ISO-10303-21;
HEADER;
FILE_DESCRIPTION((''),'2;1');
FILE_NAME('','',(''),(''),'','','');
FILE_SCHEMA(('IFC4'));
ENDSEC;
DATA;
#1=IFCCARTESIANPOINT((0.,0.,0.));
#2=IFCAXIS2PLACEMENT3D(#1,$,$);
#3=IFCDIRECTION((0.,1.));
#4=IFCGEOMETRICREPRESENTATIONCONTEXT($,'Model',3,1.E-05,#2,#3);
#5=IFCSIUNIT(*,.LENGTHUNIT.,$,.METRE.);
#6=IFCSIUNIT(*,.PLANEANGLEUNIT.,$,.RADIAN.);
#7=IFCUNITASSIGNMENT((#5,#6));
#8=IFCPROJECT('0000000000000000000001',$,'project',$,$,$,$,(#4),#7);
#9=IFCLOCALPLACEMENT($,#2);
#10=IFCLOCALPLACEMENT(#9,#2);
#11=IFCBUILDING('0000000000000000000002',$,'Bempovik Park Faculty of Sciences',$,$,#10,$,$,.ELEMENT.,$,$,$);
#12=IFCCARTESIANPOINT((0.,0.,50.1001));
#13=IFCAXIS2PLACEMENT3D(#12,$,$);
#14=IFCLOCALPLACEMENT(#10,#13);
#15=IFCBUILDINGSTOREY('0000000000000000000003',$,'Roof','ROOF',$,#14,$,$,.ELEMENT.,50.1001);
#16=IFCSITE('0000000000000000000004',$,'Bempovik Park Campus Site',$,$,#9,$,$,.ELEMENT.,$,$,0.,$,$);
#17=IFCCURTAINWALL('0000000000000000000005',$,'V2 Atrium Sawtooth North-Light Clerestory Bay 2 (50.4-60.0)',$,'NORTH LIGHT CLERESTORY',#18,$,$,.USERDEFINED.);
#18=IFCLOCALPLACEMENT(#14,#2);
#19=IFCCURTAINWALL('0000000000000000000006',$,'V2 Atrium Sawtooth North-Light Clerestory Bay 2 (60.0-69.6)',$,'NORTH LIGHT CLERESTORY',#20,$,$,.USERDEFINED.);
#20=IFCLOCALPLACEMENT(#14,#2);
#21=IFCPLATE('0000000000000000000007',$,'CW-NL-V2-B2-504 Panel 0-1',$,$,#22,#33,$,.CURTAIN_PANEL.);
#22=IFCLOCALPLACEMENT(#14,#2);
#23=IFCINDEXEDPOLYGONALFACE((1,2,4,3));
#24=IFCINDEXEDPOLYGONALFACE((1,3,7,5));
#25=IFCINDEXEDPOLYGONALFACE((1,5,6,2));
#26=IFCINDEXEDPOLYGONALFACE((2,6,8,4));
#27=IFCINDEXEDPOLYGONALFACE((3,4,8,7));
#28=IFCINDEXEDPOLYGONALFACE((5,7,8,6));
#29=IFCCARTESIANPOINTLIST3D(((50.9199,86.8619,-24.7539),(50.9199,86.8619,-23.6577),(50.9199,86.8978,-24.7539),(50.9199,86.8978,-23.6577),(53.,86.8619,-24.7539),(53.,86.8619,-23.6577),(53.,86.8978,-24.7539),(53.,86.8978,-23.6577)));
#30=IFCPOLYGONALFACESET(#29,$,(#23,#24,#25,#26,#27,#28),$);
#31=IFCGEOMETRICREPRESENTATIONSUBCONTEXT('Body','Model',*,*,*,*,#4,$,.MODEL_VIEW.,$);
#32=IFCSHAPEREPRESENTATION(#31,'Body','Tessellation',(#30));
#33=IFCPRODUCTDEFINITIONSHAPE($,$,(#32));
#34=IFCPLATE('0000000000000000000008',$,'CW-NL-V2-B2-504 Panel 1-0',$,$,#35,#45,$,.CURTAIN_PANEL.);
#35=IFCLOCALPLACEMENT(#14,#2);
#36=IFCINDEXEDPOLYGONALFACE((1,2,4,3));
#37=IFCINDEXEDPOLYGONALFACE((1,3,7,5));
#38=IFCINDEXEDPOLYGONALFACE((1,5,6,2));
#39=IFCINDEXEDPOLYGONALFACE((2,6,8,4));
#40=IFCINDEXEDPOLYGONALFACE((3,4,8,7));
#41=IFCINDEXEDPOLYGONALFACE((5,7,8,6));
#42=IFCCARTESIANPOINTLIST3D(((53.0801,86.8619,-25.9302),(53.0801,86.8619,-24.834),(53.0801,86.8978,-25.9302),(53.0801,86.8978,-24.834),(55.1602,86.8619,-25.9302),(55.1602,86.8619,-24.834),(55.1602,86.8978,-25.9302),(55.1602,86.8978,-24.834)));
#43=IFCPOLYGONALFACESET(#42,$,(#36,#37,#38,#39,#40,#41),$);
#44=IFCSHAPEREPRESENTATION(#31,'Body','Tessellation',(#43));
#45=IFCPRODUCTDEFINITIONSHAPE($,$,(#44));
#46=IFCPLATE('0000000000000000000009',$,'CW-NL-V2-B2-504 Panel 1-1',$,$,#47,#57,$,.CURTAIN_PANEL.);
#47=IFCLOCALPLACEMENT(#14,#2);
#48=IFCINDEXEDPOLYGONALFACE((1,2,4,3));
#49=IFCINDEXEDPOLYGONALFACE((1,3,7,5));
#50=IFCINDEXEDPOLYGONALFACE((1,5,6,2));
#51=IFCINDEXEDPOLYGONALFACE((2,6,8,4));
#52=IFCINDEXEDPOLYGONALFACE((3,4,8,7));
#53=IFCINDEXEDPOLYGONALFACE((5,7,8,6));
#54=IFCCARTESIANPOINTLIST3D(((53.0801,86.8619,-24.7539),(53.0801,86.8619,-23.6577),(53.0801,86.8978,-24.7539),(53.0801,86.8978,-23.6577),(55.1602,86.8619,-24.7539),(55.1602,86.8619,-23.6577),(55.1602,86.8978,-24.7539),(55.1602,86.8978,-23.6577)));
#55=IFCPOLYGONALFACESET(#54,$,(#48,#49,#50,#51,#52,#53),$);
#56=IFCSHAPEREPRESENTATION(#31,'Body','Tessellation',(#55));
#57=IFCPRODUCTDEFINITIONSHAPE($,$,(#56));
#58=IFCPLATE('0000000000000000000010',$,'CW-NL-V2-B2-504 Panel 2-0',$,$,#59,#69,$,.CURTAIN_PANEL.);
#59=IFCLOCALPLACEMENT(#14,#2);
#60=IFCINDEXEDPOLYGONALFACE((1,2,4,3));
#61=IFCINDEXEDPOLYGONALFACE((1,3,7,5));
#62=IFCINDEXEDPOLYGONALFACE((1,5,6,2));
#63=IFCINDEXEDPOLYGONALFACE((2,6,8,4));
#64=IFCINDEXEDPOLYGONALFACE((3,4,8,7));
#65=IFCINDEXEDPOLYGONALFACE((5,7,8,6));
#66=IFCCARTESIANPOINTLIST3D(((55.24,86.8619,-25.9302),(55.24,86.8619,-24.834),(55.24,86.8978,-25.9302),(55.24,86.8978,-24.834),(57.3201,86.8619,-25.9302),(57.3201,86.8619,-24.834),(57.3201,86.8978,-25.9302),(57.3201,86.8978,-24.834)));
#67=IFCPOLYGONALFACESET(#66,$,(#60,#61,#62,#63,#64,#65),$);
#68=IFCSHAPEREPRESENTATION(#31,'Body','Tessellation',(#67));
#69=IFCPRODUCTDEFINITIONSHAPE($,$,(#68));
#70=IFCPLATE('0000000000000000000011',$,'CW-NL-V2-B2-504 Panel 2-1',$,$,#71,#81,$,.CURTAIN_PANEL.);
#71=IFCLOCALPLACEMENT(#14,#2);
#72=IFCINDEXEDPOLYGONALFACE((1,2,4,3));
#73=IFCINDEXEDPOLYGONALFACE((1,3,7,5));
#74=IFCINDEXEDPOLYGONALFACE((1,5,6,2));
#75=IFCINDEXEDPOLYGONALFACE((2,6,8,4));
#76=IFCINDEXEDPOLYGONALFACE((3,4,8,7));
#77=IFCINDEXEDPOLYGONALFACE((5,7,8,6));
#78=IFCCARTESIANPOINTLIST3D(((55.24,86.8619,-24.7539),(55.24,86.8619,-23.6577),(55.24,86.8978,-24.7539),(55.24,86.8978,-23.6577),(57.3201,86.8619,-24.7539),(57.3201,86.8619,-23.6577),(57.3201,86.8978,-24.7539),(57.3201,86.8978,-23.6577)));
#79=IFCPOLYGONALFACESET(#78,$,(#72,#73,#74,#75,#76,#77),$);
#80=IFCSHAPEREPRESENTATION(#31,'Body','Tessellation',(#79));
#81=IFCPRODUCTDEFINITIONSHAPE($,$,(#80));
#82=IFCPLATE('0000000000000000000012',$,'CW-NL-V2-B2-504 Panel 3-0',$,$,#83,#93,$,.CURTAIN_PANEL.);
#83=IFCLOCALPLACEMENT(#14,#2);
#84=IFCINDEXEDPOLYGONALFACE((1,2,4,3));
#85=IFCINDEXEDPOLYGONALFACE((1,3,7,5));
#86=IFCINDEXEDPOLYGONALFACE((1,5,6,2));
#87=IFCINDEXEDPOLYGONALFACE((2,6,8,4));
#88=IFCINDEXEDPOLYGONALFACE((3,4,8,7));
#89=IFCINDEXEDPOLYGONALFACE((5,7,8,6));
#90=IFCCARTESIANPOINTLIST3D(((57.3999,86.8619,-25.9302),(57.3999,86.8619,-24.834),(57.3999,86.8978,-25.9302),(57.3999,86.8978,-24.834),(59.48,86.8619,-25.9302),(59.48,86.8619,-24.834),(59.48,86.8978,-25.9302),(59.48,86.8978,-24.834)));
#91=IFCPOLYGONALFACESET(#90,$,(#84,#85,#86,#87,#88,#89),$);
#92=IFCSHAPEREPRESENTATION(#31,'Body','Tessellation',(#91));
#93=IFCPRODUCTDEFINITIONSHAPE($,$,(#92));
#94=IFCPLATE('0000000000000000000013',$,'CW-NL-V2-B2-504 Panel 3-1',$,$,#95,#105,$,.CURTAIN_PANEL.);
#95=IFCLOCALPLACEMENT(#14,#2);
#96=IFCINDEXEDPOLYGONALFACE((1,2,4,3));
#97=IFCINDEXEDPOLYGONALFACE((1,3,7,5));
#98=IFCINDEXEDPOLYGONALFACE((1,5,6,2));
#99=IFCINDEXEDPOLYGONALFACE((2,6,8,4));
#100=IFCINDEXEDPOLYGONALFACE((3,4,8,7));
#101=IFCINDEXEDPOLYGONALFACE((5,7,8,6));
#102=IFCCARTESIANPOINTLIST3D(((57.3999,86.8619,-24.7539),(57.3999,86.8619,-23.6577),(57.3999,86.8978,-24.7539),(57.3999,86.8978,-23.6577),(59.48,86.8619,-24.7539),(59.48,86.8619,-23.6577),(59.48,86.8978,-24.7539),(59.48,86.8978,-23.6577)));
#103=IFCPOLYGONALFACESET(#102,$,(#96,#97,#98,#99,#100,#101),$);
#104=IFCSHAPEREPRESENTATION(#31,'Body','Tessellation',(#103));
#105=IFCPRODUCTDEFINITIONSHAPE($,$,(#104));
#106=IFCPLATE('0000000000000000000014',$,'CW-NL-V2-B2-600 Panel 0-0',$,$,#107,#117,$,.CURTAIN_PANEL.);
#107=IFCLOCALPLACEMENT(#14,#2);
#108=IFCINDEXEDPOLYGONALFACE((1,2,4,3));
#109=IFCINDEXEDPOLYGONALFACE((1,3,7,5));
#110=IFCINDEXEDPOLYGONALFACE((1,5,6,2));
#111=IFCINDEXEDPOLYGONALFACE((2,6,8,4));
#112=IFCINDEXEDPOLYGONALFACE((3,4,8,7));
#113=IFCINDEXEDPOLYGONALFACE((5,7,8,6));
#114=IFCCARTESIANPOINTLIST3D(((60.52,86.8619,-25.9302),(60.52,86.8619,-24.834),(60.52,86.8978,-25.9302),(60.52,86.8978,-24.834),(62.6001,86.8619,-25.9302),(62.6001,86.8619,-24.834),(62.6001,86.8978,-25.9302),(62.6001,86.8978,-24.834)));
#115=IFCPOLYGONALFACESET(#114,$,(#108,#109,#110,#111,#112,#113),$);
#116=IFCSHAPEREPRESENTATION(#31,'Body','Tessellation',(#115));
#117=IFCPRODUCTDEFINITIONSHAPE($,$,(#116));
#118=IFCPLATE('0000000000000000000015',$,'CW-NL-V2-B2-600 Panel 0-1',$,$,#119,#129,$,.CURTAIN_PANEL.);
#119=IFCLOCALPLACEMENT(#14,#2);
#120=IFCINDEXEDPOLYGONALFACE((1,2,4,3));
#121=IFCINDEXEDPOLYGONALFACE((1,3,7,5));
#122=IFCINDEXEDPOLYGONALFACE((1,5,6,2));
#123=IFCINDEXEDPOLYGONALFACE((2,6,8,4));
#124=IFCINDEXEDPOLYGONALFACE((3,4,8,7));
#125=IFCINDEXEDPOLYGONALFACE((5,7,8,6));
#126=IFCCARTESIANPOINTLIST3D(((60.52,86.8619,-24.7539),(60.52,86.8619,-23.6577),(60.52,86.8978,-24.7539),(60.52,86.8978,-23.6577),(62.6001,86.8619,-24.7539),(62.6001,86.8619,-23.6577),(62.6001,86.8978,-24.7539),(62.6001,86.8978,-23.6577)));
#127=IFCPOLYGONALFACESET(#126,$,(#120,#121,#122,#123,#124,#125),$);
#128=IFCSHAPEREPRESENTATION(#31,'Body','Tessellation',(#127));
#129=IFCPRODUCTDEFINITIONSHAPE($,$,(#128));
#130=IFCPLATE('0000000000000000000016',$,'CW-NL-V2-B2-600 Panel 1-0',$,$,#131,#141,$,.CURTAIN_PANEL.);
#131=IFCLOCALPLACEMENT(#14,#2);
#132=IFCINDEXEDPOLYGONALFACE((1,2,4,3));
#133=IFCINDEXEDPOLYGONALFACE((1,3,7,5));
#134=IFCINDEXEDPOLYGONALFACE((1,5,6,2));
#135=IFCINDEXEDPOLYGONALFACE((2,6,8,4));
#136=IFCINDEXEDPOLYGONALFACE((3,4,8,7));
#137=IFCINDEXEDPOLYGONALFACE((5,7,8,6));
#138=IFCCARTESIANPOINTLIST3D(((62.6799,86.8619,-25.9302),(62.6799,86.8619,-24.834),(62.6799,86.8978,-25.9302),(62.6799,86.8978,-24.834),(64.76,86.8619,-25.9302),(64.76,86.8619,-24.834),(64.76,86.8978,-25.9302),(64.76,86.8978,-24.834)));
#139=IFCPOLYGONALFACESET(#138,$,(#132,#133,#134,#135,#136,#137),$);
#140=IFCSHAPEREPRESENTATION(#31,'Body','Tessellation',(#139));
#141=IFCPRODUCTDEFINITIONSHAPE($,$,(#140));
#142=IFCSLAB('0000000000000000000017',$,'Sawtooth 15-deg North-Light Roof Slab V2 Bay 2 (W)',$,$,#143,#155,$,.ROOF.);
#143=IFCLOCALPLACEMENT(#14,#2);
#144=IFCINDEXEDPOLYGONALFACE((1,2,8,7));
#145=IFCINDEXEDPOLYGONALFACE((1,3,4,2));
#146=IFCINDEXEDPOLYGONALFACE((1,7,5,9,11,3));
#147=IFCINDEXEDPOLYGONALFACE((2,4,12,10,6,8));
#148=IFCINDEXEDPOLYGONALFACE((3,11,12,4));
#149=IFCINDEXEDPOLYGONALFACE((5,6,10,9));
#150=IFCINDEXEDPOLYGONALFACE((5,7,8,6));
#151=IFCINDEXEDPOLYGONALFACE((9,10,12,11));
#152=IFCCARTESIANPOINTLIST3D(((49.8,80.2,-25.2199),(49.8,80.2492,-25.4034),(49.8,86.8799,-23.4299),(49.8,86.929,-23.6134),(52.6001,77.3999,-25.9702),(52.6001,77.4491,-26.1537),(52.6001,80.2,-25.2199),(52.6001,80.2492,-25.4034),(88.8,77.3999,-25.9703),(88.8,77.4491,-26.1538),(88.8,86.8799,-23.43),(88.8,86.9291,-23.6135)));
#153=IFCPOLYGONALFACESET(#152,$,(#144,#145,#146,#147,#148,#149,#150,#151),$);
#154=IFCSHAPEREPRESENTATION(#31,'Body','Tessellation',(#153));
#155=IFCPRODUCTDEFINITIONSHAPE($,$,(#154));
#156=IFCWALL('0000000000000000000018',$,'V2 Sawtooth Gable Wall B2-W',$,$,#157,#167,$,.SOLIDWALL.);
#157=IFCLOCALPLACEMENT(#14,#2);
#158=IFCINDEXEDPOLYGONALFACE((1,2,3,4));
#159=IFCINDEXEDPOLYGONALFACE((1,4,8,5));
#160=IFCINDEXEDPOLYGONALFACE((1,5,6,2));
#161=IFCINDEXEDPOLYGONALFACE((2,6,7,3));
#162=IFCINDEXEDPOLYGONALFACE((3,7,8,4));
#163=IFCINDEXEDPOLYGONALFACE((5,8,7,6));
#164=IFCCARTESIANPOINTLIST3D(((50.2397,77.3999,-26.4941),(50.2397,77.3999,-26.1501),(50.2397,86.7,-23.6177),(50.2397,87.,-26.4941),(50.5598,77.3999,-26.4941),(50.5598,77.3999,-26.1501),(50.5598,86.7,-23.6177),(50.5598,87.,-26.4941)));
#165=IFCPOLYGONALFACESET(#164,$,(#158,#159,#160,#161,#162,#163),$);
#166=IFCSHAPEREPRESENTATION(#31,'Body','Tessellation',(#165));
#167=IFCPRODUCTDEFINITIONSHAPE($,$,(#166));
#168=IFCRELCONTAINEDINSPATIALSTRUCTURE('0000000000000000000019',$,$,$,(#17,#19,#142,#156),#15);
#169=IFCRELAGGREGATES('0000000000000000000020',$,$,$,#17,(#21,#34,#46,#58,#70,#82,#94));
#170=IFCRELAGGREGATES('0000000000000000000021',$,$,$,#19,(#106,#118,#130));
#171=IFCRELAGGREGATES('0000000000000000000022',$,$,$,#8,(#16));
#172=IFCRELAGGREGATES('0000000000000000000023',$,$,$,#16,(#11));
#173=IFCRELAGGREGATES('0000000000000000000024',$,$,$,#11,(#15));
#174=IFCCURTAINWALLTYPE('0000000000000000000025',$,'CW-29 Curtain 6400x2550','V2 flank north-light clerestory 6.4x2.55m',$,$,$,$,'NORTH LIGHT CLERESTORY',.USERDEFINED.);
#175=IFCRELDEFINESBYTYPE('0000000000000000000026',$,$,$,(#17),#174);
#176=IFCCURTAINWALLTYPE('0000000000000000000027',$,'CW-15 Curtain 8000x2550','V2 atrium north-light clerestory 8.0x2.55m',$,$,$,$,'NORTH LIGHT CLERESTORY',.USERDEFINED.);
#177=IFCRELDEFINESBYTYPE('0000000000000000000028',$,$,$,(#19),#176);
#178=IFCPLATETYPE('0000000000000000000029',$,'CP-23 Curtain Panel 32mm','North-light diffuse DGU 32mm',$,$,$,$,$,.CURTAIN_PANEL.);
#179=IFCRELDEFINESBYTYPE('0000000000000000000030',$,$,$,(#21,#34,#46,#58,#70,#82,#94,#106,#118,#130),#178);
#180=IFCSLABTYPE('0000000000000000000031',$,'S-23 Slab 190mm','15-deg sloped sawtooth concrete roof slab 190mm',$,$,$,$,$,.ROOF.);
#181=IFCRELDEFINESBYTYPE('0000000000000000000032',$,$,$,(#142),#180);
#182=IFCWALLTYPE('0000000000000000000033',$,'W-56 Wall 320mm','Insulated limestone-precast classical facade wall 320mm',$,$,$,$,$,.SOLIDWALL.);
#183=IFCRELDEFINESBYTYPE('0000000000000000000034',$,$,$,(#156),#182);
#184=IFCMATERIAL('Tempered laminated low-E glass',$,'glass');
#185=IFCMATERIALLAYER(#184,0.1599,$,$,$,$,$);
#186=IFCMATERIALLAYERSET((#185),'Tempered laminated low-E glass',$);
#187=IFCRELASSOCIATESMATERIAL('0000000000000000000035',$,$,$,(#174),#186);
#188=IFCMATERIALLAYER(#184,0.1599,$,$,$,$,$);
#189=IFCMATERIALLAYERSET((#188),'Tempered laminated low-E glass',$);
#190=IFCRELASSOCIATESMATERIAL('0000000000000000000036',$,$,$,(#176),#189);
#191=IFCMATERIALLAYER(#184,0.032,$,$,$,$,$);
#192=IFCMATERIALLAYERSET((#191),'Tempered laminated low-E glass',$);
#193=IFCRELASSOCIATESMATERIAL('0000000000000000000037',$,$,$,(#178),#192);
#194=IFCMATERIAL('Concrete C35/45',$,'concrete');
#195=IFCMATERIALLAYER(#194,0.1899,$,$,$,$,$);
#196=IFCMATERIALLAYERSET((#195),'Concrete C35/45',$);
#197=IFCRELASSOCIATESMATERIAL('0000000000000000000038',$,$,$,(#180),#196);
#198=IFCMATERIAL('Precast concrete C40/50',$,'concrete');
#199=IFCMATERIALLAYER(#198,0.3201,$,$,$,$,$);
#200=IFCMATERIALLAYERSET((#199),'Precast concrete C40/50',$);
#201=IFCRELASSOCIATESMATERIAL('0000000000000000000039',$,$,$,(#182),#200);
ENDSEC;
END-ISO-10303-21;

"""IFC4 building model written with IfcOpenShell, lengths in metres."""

from ifc_helpers import new_model, si_unit, direction, frame, origin, origin_2d, place, context, subcontext, project, spatial, polyline, rectangle, outline, extrude, material, layer, layer_set, type_object, element, aggregate, save


model = new_model("IFC4")

# Units and contexts
model_context = context("Model", 3, precision=1e-05, world=origin(), true_north=direction((0.0, 1.0)))
body_context = subcontext(model_context, "Body", "Model", "MODEL_VIEW")
ifc_project = project(units=[si_unit("LENGTHUNIT", "METRE"), si_unit("PLANEANGLEUNIT", "RADIAN")], contexts=[model_context])

# Site, building, storey
site_placement = place(None, origin())
site = spatial("IfcSite", under=ifc_project, at=site_placement, Name="Bempovik Park Campus Site", CompositionType="ELEMENT", RefElevation=0.0)
building_placement = place(site_placement, origin())
building = spatial("IfcBuilding", under=site, at=building_placement, Name="Bempovik Park Faculty of Sciences", CompositionType="ELEMENT")
storey_placement = place(building_placement, frame((0.0, 0.0, 50.1001)))
storey = spatial("IfcBuildingStorey", under=building, at=storey_placement, Name="Roof", Description="ROOF", CompositionType="ELEMENT", Elevation=50.1001)

# Curtain walls
ifc_material_1 = material(Name="Tempered laminated low-E glass", Category="glass")
ifc_layer_1 = layer(ifc_material_1, 0.1599)
ifc_layer_set_1 = layer_set([ifc_layer_1], Name="Tempered laminated low-E glass")
curtain_wall_type_1 = type_object("IfcCurtainWallType", Name="CW-29 Curtain 6400x2550", Description="V2 flank north-light clerestory 6.4x2.55m", ElementType="NORTH LIGHT CLERESTORY", PredefinedType="USERDEFINED", material=ifc_layer_set_1)
curtain_wall_1_placement = place(storey_placement, origin())
curtain_wall_1 = element("IfcCurtainWall", 1, at=curtain_wall_1_placement, inside=storey, type_object=curtain_wall_type_1, Name="V2 Atrium Sawtooth North-Light Clerestory Bay 2 (50.4-60.0)", ObjectType="NORTH LIGHT CLERESTORY", PredefinedType="USERDEFINED")
ifc_layer_2 = layer(ifc_material_1, 0.1599)
ifc_layer_set_2 = layer_set([ifc_layer_2], Name="Tempered laminated low-E glass")
curtain_wall_type_2 = type_object("IfcCurtainWallType", Name="CW-15 Curtain 8000x2550", Description="V2 atrium north-light clerestory 8.0x2.55m", ElementType="NORTH LIGHT CLERESTORY", PredefinedType="USERDEFINED", material=ifc_layer_set_2)
curtain_wall_2_placement = place(storey_placement, origin())
curtain_wall_2 = element("IfcCurtainWall", 2, at=curtain_wall_2_placement, inside=storey, type_object=curtain_wall_type_2, Name="V2 Atrium Sawtooth North-Light Clerestory Bay 2 (60.0-69.6)", ObjectType="NORTH LIGHT CLERESTORY", PredefinedType="USERDEFINED")

# Plates
ifc_layer_3 = layer(ifc_material_1, 0.032)
ifc_layer_set_3 = layer_set([ifc_layer_3], Name="Tempered laminated low-E glass")
plate_type = type_object("IfcPlateType", Name="CP-23 Curtain Panel 32mm", Description="North-light diffuse DGU 32mm", PredefinedType="CURTAIN_PANEL", material=ifc_layer_set_3)
plate_1_placement = place(storey_placement, frame((51.96, 86.8799, -24.7539), z_axis=(0.0, 0.0, 1.0), x_axis=(1.0, 0.0, 0.0)))
plate_1 = element("IfcPlate", 3, at=plate_1_placement, type_object=plate_type, Name="CW-NL-V2-B2-504 Panel 0-1", PredefinedType="CURTAIN_PANEL", context=body_context, shape_type="SweptSolid", body=[
    extrude(rectangle(XDim=2.0801, YDim=0.0359, at=origin_2d()), origin(), (0.0, 0.0, 1.0), 1.0962),
])
plate_2_placement = place(storey_placement, frame((54.1201, 86.8799, -25.9302), z_axis=(0.0, 0.0, 1.0), x_axis=(1.0, 0.0, 0.0)))
plate_2 = element("IfcPlate", 4, at=plate_2_placement, type_object=plate_type, Name="CW-NL-V2-B2-504 Panel 1-0", PredefinedType="CURTAIN_PANEL", context=body_context, shape_type="SweptSolid", body=[
    extrude(rectangle(XDim=2.0801, YDim=0.0359, at=origin_2d()), origin(), (0.0, 0.0, 1.0), 1.0962),
])
plate_3_placement = place(storey_placement, frame((54.1201, 86.8799, -24.7539), z_axis=(0.0, 0.0, 1.0), x_axis=(1.0, 0.0, 0.0)))
plate_3 = element("IfcPlate", 5, at=plate_3_placement, type_object=plate_type, Name="CW-NL-V2-B2-504 Panel 1-1", PredefinedType="CURTAIN_PANEL", context=body_context, shape_type="SweptSolid", body=[
    extrude(rectangle(XDim=2.0801, YDim=0.0359, at=origin_2d()), origin(), (0.0, 0.0, 1.0), 1.0962),
])
plate_4_placement = place(storey_placement, frame((56.28, 86.8799, -25.9302), z_axis=(0.0, 0.0, 1.0), x_axis=(1.0, 0.0, 0.0)))
plate_4 = element("IfcPlate", 6, at=plate_4_placement, type_object=plate_type, Name="CW-NL-V2-B2-504 Panel 2-0", PredefinedType="CURTAIN_PANEL", context=body_context, shape_type="SweptSolid", body=[
    extrude(rectangle(XDim=2.0801, YDim=0.0359, at=origin_2d()), origin(), (0.0, 0.0, 1.0), 1.0962),
])
plate_5_placement = place(storey_placement, frame((56.28, 86.8799, -24.7539), z_axis=(0.0, 0.0, 1.0), x_axis=(1.0, 0.0, 0.0)))
plate_5 = element("IfcPlate", 7, at=plate_5_placement, type_object=plate_type, Name="CW-NL-V2-B2-504 Panel 2-1", PredefinedType="CURTAIN_PANEL", context=body_context, shape_type="SweptSolid", body=[
    extrude(rectangle(XDim=2.0801, YDim=0.0359, at=origin_2d()), origin(), (0.0, 0.0, 1.0), 1.0962),
])
plate_6_placement = place(storey_placement, frame((58.4399, 86.8799, -25.9302), z_axis=(0.0, 0.0, 1.0), x_axis=(1.0, 0.0, 0.0)))
plate_6 = element("IfcPlate", 8, at=plate_6_placement, type_object=plate_type, Name="CW-NL-V2-B2-504 Panel 3-0", PredefinedType="CURTAIN_PANEL", context=body_context, shape_type="SweptSolid", body=[
    extrude(rectangle(XDim=2.0801, YDim=0.0359, at=origin_2d()), origin(), (0.0, 0.0, 1.0), 1.0962),
])
plate_7_placement = place(storey_placement, frame((58.4399, 86.8799, -24.7539), z_axis=(0.0, 0.0, 1.0), x_axis=(1.0, 0.0, 0.0)))
plate_7 = element("IfcPlate", 9, at=plate_7_placement, type_object=plate_type, Name="CW-NL-V2-B2-504 Panel 3-1", PredefinedType="CURTAIN_PANEL", context=body_context, shape_type="SweptSolid", body=[
    extrude(rectangle(XDim=2.0801, YDim=0.0359, at=origin_2d()), origin(), (0.0, 0.0, 1.0), 1.0962),
])
aggregate(curtain_wall_1, [plate_1, plate_2, plate_3, plate_4, plate_5, plate_6, plate_7])
plate_8_placement = place(storey_placement, frame((61.5601, 86.8799, -25.9302), z_axis=(0.0, 0.0, 1.0), x_axis=(1.0, 0.0, 0.0)))
plate_8 = element("IfcPlate", 10, at=plate_8_placement, type_object=plate_type, Name="CW-NL-V2-B2-600 Panel 0-0", PredefinedType="CURTAIN_PANEL", context=body_context, shape_type="SweptSolid", body=[
    extrude(rectangle(XDim=2.0801, YDim=0.0359, at=origin_2d()), origin(), (0.0, 0.0, 1.0), 1.0962),
])
plate_9_placement = place(storey_placement, frame((61.5601, 86.8799, -24.7539), z_axis=(0.0, 0.0, 1.0), x_axis=(1.0, 0.0, 0.0)))
plate_9 = element("IfcPlate", 11, at=plate_9_placement, type_object=plate_type, Name="CW-NL-V2-B2-600 Panel 0-1", PredefinedType="CURTAIN_PANEL", context=body_context, shape_type="SweptSolid", body=[
    extrude(rectangle(XDim=2.0801, YDim=0.0359, at=origin_2d()), origin(), (0.0, 0.0, 1.0), 1.0962),
])
plate_10_placement = place(storey_placement, frame((63.72, 86.8799, -25.9302), z_axis=(0.0, 0.0, 1.0), x_axis=(1.0, 0.0, 0.0)))
plate_10 = element("IfcPlate", 12, at=plate_10_placement, type_object=plate_type, Name="CW-NL-V2-B2-600 Panel 1-0", PredefinedType="CURTAIN_PANEL", context=body_context, shape_type="SweptSolid", body=[
    extrude(rectangle(XDim=2.0801, YDim=0.0359, at=origin_2d()), origin(), (0.0, 0.0, 1.0), 1.0962),
])
aggregate(curtain_wall_2, [plate_8, plate_9, plate_10])

# Slab
ifc_material_2 = material(Name="Concrete C35/45", Category="concrete")
ifc_layer_4 = layer(ifc_material_2, 0.1899)
ifc_layer_set_4 = layer_set([ifc_layer_4], Name="Concrete C35/45")
slab_type = type_object("IfcSlabType", Name="S-23 Slab 190mm", Description="15-deg sloped sawtooth concrete roof slab 190mm", PredefinedType="ROOF", material=ifc_layer_set_4)
slab_placement = place(storey_placement, frame((52.6001, 77.3999, -25.9702), z_axis=(0.000002, -0.25883, 0.965923), x_axis=(1.0, 0.000001, -0.000002)))
element("IfcSlab", 13, at=slab_placement, inside=storey, type_object=slab_type, Name="Sawtooth 15-deg North-Light Roof Slab V2 Bay 2 (W)", PredefinedType="ROOF", context=body_context, shape_type="SweptSolid", body=[
    extrude(outline(polyline([(0.0, 0.0), (36.2, 0.0), (36.2, 9.8144), (-2.8, 9.8144), (-2.8, 2.8989), (0.0, 2.8989), (0.0, 0.0)])), origin(), (0.0, 0.0, -1.0), 0.1899),
])

# Wall
ifc_material_3 = material(Name="Precast concrete C40/50", Category="concrete")
ifc_layer_5 = layer(ifc_material_3, 0.3201)
ifc_layer_set_5 = layer_set([ifc_layer_5], Name="Precast concrete C40/50")
wall_type = type_object("IfcWallType", Name="W-56 Wall 320mm", Description="Insulated limestone-precast classical facade wall 320mm", PredefinedType="SOLIDWALL", material=ifc_layer_set_5)
wall_placement = place(storey_placement, frame((50.3999, 77.3999, -26.4941), z_axis=(0.0, 0.0, 1.0), x_axis=(0.0, 1.0, 0.0)))
element("IfcWall", 14, at=wall_placement, inside=storey, type_object=wall_type, Name="V2 Sawtooth Gable Wall B2-W", PredefinedType="SOLIDWALL", context=body_context, shape_type="SweptSolid", body=[
    extrude(outline(polyline([(0.0, 0.0), (9.6001, 0.0), (9.3, 2.8765), (0.0, 0.344), (0.0, 0.0)])), frame((0.0, 0.1602, 0.0), z_axis=(0.0, -1.0, 0.0), x_axis=(1.0, 0.0, 0.0)), (0.0, 0.0, 1.0), 0.3201),
])

save(model, "model.ifc")
